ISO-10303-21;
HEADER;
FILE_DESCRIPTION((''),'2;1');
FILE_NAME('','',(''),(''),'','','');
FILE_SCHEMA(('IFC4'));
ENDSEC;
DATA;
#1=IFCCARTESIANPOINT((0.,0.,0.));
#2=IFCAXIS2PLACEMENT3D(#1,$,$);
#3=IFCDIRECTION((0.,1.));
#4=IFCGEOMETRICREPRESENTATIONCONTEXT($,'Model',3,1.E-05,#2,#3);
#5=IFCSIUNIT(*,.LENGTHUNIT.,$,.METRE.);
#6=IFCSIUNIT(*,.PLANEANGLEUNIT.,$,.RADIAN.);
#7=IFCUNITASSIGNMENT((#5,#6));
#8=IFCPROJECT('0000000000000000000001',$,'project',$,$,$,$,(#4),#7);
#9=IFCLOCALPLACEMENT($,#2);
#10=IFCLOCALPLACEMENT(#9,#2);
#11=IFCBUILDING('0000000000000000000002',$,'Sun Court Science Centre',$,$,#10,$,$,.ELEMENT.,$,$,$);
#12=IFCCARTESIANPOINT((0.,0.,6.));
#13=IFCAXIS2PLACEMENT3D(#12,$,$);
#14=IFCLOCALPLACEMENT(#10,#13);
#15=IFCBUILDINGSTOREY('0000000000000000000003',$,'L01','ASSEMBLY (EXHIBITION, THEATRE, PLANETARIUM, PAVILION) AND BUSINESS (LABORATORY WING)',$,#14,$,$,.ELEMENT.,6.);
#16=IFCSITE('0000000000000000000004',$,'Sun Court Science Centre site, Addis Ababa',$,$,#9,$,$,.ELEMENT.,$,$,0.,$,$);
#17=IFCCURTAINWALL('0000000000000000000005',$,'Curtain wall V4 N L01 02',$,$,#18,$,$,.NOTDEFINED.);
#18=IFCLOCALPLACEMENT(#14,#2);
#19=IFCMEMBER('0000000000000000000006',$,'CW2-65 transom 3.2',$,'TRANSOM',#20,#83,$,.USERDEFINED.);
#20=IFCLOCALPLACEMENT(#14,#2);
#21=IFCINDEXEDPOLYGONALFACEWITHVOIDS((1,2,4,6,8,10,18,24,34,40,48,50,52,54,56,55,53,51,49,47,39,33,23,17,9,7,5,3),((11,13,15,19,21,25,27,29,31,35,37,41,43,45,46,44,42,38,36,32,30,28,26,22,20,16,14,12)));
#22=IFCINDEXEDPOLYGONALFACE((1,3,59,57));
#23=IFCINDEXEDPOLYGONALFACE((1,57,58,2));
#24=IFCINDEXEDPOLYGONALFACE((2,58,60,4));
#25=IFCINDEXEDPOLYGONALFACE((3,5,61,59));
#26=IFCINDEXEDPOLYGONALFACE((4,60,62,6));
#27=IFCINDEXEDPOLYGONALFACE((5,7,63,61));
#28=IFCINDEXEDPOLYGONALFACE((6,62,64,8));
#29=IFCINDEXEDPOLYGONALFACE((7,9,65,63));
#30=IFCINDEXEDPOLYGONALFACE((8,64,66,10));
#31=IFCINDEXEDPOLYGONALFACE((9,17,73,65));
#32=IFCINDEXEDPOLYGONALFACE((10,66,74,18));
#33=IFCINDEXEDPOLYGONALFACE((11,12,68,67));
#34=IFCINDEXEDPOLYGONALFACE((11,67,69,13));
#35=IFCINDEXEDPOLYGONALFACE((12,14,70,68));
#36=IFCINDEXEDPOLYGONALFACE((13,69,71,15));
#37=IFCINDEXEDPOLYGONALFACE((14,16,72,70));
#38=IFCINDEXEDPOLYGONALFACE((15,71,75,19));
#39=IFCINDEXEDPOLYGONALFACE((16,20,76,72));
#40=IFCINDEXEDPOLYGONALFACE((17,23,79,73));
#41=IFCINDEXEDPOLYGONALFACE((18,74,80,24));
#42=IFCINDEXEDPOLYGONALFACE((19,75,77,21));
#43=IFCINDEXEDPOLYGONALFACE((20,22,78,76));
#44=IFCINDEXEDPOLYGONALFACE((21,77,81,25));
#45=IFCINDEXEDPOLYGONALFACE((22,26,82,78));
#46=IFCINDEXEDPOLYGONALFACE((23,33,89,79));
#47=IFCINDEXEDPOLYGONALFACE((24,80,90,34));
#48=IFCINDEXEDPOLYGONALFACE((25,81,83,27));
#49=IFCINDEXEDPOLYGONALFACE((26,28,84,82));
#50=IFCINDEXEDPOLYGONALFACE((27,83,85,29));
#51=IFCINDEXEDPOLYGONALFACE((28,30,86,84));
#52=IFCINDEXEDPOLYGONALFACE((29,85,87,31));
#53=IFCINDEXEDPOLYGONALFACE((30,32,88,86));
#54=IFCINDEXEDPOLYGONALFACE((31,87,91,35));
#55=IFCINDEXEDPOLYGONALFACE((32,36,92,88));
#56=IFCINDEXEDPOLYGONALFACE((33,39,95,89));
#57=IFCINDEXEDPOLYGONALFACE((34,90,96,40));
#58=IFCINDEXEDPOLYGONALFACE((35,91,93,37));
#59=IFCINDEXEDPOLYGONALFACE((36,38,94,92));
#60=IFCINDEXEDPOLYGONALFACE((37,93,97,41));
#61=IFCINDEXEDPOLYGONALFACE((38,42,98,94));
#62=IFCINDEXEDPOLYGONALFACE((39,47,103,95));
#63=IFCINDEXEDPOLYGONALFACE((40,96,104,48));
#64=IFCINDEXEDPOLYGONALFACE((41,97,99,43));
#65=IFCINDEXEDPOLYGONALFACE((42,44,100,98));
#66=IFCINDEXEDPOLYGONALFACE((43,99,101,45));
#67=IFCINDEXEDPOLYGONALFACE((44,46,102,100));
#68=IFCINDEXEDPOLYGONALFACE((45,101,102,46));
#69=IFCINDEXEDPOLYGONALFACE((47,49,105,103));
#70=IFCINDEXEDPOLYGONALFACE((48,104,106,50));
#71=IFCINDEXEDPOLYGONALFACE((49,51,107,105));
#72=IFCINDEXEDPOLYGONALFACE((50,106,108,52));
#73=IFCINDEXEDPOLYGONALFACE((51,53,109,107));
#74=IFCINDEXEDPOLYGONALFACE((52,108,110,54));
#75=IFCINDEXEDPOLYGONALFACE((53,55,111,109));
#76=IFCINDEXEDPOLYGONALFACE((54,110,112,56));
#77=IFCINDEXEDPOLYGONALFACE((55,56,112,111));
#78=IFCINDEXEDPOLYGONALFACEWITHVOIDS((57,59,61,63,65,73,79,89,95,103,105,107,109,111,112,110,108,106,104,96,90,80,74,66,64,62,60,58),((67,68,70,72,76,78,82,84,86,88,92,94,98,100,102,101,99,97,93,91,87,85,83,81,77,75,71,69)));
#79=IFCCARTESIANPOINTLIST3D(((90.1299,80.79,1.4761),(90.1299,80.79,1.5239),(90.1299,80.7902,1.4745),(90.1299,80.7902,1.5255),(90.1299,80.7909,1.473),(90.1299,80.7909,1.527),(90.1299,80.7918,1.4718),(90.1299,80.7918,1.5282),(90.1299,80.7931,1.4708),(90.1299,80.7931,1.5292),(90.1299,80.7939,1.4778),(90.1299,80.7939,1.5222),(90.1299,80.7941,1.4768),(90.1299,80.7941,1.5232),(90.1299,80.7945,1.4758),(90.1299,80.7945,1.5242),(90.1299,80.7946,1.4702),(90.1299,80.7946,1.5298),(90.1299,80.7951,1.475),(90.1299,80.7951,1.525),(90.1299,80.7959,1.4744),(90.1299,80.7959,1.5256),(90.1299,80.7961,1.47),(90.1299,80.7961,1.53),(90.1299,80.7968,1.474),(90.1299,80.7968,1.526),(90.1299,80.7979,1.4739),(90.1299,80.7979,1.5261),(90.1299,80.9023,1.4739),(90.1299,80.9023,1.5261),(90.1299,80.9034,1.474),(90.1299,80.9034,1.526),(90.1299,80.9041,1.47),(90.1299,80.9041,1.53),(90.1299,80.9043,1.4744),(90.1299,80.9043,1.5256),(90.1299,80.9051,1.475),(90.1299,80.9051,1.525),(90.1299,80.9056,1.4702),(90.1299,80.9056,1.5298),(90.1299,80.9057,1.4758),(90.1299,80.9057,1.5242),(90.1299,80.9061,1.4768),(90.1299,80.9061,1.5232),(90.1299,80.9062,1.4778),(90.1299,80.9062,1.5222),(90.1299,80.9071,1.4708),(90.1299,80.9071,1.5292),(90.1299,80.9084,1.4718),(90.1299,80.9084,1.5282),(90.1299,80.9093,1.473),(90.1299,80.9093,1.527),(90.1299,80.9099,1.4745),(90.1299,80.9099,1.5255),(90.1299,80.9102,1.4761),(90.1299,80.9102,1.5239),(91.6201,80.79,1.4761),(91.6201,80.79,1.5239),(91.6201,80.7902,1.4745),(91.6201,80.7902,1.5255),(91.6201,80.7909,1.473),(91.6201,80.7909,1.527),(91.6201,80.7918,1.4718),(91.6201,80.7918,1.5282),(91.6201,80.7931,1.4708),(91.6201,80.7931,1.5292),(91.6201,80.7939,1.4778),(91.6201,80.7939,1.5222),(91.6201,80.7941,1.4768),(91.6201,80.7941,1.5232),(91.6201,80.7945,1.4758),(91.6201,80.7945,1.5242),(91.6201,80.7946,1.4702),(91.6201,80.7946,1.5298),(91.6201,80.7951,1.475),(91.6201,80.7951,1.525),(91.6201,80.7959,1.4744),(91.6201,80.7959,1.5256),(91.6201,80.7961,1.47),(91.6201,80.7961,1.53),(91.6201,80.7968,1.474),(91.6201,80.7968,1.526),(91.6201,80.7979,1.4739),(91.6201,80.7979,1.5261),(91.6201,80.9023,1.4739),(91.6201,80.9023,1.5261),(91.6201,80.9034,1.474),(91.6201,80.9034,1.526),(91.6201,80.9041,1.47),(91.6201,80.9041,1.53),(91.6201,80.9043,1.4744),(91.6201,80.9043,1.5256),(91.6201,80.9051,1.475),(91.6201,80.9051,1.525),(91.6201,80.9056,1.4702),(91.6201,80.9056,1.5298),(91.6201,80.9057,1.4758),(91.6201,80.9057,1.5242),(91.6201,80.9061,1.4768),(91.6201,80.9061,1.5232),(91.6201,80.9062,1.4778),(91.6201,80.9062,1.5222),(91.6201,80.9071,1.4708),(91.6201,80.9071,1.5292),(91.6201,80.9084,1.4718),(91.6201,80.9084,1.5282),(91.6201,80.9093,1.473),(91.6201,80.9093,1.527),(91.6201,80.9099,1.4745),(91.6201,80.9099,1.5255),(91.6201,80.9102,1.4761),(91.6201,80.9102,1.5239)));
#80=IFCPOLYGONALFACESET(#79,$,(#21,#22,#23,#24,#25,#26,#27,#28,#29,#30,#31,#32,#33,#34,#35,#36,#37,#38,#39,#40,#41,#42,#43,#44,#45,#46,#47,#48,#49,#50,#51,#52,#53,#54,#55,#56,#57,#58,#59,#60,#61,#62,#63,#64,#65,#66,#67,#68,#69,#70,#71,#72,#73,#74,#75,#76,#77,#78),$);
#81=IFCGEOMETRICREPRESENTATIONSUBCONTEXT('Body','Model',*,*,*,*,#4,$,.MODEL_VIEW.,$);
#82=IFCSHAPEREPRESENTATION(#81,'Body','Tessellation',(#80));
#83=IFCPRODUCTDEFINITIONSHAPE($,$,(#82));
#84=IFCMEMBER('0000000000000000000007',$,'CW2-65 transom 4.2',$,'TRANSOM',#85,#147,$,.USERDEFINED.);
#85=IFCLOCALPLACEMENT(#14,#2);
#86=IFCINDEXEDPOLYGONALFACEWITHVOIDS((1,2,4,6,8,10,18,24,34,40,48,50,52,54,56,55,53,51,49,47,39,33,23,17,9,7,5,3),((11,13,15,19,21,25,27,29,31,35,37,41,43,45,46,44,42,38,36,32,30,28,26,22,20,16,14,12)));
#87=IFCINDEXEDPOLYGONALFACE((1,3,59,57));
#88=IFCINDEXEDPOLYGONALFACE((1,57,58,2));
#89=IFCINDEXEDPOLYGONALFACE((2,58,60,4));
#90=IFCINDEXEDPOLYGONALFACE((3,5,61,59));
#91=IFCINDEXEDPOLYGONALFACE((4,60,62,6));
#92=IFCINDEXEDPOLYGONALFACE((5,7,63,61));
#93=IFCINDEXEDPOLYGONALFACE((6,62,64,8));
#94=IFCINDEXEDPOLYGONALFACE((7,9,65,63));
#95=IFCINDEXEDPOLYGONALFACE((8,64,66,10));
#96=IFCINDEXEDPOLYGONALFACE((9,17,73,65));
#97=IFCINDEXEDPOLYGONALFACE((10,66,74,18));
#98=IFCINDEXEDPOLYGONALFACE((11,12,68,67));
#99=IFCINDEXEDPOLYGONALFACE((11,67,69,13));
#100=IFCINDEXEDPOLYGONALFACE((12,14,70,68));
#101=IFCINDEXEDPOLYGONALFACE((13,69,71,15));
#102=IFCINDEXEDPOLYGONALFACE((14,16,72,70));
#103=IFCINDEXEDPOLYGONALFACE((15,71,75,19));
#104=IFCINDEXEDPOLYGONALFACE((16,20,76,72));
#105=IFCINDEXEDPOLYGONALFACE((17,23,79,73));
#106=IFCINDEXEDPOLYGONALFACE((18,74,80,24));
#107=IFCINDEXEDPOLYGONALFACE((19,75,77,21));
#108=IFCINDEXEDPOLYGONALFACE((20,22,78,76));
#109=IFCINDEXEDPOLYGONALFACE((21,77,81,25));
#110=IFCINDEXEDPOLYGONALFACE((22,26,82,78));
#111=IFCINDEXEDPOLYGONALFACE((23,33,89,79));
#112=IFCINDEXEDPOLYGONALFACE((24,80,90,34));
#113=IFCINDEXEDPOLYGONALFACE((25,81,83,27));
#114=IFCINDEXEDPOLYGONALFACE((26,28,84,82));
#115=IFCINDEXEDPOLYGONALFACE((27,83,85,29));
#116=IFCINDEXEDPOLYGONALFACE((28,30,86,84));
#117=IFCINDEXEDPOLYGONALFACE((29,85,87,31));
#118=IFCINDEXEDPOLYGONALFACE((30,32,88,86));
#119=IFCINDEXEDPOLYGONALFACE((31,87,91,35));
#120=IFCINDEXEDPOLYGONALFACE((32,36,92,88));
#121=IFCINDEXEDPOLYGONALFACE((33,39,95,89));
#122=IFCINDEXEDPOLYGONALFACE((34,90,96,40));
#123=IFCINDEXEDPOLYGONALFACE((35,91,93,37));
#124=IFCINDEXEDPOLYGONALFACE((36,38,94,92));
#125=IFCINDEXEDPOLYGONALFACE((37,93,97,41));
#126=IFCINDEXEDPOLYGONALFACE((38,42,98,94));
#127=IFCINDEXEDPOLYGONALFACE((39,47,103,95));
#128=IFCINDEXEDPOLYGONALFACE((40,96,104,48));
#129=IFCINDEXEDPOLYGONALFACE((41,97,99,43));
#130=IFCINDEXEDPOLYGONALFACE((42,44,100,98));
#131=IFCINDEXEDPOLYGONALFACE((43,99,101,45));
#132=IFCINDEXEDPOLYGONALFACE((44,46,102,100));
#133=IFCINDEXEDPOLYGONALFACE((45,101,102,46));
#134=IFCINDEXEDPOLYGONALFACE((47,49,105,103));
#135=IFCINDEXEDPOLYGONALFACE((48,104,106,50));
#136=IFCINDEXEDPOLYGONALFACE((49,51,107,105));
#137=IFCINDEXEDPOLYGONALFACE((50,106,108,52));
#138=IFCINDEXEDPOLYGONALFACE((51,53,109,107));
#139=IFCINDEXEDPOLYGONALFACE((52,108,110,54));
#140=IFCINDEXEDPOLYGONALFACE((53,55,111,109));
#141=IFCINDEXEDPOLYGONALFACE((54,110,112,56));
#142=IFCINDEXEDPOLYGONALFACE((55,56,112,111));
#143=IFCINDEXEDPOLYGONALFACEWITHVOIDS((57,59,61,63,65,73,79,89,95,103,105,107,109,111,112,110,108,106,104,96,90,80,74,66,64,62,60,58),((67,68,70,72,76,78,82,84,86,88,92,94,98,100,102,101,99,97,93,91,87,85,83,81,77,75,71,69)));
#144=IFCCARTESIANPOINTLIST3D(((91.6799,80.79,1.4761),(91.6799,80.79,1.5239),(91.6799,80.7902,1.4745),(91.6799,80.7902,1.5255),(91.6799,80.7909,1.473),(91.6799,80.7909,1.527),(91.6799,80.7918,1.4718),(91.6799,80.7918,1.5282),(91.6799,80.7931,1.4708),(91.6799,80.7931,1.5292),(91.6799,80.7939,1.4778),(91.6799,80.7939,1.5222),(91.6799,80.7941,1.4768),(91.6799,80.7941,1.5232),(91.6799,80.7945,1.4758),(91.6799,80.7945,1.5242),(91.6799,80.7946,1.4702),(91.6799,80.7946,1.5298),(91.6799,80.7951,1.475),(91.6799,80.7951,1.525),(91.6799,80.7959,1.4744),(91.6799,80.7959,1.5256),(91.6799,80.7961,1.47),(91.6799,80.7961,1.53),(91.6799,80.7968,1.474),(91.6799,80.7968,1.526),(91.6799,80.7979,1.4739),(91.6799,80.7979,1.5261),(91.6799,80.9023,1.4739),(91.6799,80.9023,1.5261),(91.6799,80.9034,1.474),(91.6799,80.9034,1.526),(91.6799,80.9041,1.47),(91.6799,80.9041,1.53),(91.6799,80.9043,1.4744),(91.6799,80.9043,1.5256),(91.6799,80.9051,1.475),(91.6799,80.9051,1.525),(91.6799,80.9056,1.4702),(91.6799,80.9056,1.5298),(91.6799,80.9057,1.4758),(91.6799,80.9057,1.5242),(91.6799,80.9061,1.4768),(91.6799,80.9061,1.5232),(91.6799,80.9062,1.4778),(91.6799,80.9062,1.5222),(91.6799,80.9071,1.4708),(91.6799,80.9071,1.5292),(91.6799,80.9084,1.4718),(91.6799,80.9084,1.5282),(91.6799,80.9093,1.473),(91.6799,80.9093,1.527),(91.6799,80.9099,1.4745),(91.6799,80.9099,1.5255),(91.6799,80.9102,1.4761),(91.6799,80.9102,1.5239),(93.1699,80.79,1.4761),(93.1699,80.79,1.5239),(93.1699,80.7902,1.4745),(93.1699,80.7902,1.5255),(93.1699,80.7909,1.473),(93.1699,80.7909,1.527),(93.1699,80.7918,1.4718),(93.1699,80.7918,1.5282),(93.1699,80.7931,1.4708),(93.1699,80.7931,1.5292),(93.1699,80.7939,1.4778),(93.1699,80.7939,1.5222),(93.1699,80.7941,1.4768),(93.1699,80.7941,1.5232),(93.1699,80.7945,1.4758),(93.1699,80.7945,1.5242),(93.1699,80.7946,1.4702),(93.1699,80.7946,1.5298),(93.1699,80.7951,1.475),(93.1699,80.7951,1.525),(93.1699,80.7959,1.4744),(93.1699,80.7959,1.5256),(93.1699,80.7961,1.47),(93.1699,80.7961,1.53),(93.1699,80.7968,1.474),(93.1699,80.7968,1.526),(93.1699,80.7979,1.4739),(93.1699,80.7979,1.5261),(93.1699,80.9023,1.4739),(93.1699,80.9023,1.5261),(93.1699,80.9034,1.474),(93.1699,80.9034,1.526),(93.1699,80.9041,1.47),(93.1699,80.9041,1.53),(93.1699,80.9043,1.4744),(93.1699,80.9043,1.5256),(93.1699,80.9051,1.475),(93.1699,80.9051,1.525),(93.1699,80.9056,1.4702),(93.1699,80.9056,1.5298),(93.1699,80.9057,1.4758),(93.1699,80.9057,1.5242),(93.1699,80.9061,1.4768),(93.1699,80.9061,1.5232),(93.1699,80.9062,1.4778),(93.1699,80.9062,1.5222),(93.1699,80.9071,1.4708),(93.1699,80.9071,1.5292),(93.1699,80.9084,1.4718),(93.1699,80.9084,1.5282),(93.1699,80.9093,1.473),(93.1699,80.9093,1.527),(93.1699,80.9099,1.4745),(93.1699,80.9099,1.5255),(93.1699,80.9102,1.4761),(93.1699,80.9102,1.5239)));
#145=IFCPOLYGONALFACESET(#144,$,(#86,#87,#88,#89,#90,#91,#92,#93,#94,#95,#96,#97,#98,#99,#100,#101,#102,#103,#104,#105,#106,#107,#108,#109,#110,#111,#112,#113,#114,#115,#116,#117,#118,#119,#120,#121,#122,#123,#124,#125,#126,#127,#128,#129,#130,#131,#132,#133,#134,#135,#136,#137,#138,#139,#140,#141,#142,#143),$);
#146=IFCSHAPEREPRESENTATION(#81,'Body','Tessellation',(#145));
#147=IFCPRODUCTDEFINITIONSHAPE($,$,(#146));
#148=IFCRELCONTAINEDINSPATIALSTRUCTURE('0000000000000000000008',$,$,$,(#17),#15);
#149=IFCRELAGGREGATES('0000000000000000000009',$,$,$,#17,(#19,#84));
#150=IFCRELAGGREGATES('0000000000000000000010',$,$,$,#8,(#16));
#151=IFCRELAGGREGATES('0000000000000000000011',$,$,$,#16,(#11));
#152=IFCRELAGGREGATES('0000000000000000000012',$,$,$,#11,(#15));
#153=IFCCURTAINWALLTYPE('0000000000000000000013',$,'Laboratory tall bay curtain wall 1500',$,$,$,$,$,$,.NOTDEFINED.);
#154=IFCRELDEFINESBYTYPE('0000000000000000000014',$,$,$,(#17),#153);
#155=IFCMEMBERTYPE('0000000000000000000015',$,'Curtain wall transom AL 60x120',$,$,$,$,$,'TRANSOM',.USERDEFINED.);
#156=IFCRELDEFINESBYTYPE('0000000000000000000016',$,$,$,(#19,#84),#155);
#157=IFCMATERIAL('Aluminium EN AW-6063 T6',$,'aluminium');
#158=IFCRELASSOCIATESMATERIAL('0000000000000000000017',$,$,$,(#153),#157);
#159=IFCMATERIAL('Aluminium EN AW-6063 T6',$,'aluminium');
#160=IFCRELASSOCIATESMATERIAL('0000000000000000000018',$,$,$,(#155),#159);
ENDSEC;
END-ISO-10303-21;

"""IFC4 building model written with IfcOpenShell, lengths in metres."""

from ifc_helpers import new_model, si_unit, direction, frame, origin, origin_2d, place, context, subcontext, project, spatial, hollow_rectangle, extrude, material, material_profile, profile_set, type_object, element, aggregate, save


model = new_model("IFC4")

# Units and contexts
model_context = context("Model", 3, precision=1e-05, world=origin(), true_north=direction((0.0, 1.0)))
body_context = subcontext(model_context, "Body", "Model", "MODEL_VIEW")
ifc_project = project(units=[si_unit("LENGTHUNIT", "METRE"), si_unit("PLANEANGLEUNIT", "RADIAN")], contexts=[model_context])

# Site, building, storey
site_placement = place(None, origin())
site = spatial("IfcSite", under=ifc_project, at=site_placement, Name="Sun Court Science Centre site, Addis Ababa", CompositionType="ELEMENT", RefElevation=0.0)
building_placement = place(site_placement, origin())
building = spatial("IfcBuilding", under=site, at=building_placement, Name="Sun Court Science Centre", CompositionType="ELEMENT")
storey_placement = place(building_placement, frame((0.0, 0.0, 6.0)))
storey = spatial("IfcBuildingStorey", under=building, at=storey_placement, Name="L01", Description="ASSEMBLY (EXHIBITION, THEATRE, PLANETARIUM, PAVILION) AND BUSINESS (LABORATORY WING)", CompositionType="ELEMENT", Elevation=6.0)

# Curtain wall, members
ifc_material_1 = material(Name="Aluminium EN AW-6063 T6", Category="aluminium")
curtain_wall_type = type_object("IfcCurtainWallType", Name="Laboratory tall bay curtain wall 1500", PredefinedType="NOTDEFINED", material=ifc_material_1)
curtain_wall_placement = place(storey_placement, origin())
curtain_wall = element("IfcCurtainWall", 1, at=curtain_wall_placement, inside=storey, type_object=curtain_wall_type, Name="Curtain wall V4 N L01 02", PredefinedType="NOTDEFINED")
ifc_material_2 = material(Name="Aluminium EN AW-6063 T6", Category="aluminium")
ifc_material_profile_1 = material_profile(ifc_material_2, hollow_rectangle(XDim=0.0601, YDim=0.1201, WallThickness=0.0039, InnerFilletRadius=0.0039, OuterFilletRadius=0.0061, at=origin_2d()), Name="AL 60x120x4")
ifc_profile_set_1 = profile_set([ifc_material_profile_1], Name="Aluminium EN AW-6063 T6")
member_type_1 = type_object("IfcMemberType", Name="Curtain wall transom AL 60x120", ElementType="TRANSOM", PredefinedType="USERDEFINED", material=ifc_profile_set_1)
member_1_placement = place(storey_placement, frame((90.1299, 80.8501, 1.5), z_axis=(1.0, 0.0, 0.0), x_axis=(0.0, 0.0, 1.0)))
member_1 = element("IfcMember", 2, at=member_1_placement, type_object=member_type_1, Name="CW2-65 transom 3.2", ObjectType="TRANSOM", PredefinedType="USERDEFINED", context=body_context, shape_type="SweptSolid", body=[
    extrude(hollow_rectangle(XDim=0.0601, YDim=0.1201, WallThickness=0.0039, InnerFilletRadius=0.0039, OuterFilletRadius=0.0061, at=origin_2d()), origin(), (0.0, 0.0, 1.0), 1.4902),
])
member_2_placement = place(storey_placement, frame((91.6799, 80.8501, 1.5), z_axis=(1.0, 0.0, 0.0), x_axis=(0.0, 0.0, 1.0)))
member_2 = element("IfcMember", 3, at=member_2_placement, type_object=member_type_1, Name="CW2-65 transom 4.2", ObjectType="TRANSOM", PredefinedType="USERDEFINED", context=body_context, shape_type="SweptSolid", body=[
    extrude(hollow_rectangle(XDim=0.0601, YDim=0.1201, WallThickness=0.0039, InnerFilletRadius=0.0039, OuterFilletRadius=0.0061, at=origin_2d()), origin(), (0.0, 0.0, 1.0), 1.49),
])
aggregate(curtain_wall, [member_1, member_2])

save(model, "model.ifc")
